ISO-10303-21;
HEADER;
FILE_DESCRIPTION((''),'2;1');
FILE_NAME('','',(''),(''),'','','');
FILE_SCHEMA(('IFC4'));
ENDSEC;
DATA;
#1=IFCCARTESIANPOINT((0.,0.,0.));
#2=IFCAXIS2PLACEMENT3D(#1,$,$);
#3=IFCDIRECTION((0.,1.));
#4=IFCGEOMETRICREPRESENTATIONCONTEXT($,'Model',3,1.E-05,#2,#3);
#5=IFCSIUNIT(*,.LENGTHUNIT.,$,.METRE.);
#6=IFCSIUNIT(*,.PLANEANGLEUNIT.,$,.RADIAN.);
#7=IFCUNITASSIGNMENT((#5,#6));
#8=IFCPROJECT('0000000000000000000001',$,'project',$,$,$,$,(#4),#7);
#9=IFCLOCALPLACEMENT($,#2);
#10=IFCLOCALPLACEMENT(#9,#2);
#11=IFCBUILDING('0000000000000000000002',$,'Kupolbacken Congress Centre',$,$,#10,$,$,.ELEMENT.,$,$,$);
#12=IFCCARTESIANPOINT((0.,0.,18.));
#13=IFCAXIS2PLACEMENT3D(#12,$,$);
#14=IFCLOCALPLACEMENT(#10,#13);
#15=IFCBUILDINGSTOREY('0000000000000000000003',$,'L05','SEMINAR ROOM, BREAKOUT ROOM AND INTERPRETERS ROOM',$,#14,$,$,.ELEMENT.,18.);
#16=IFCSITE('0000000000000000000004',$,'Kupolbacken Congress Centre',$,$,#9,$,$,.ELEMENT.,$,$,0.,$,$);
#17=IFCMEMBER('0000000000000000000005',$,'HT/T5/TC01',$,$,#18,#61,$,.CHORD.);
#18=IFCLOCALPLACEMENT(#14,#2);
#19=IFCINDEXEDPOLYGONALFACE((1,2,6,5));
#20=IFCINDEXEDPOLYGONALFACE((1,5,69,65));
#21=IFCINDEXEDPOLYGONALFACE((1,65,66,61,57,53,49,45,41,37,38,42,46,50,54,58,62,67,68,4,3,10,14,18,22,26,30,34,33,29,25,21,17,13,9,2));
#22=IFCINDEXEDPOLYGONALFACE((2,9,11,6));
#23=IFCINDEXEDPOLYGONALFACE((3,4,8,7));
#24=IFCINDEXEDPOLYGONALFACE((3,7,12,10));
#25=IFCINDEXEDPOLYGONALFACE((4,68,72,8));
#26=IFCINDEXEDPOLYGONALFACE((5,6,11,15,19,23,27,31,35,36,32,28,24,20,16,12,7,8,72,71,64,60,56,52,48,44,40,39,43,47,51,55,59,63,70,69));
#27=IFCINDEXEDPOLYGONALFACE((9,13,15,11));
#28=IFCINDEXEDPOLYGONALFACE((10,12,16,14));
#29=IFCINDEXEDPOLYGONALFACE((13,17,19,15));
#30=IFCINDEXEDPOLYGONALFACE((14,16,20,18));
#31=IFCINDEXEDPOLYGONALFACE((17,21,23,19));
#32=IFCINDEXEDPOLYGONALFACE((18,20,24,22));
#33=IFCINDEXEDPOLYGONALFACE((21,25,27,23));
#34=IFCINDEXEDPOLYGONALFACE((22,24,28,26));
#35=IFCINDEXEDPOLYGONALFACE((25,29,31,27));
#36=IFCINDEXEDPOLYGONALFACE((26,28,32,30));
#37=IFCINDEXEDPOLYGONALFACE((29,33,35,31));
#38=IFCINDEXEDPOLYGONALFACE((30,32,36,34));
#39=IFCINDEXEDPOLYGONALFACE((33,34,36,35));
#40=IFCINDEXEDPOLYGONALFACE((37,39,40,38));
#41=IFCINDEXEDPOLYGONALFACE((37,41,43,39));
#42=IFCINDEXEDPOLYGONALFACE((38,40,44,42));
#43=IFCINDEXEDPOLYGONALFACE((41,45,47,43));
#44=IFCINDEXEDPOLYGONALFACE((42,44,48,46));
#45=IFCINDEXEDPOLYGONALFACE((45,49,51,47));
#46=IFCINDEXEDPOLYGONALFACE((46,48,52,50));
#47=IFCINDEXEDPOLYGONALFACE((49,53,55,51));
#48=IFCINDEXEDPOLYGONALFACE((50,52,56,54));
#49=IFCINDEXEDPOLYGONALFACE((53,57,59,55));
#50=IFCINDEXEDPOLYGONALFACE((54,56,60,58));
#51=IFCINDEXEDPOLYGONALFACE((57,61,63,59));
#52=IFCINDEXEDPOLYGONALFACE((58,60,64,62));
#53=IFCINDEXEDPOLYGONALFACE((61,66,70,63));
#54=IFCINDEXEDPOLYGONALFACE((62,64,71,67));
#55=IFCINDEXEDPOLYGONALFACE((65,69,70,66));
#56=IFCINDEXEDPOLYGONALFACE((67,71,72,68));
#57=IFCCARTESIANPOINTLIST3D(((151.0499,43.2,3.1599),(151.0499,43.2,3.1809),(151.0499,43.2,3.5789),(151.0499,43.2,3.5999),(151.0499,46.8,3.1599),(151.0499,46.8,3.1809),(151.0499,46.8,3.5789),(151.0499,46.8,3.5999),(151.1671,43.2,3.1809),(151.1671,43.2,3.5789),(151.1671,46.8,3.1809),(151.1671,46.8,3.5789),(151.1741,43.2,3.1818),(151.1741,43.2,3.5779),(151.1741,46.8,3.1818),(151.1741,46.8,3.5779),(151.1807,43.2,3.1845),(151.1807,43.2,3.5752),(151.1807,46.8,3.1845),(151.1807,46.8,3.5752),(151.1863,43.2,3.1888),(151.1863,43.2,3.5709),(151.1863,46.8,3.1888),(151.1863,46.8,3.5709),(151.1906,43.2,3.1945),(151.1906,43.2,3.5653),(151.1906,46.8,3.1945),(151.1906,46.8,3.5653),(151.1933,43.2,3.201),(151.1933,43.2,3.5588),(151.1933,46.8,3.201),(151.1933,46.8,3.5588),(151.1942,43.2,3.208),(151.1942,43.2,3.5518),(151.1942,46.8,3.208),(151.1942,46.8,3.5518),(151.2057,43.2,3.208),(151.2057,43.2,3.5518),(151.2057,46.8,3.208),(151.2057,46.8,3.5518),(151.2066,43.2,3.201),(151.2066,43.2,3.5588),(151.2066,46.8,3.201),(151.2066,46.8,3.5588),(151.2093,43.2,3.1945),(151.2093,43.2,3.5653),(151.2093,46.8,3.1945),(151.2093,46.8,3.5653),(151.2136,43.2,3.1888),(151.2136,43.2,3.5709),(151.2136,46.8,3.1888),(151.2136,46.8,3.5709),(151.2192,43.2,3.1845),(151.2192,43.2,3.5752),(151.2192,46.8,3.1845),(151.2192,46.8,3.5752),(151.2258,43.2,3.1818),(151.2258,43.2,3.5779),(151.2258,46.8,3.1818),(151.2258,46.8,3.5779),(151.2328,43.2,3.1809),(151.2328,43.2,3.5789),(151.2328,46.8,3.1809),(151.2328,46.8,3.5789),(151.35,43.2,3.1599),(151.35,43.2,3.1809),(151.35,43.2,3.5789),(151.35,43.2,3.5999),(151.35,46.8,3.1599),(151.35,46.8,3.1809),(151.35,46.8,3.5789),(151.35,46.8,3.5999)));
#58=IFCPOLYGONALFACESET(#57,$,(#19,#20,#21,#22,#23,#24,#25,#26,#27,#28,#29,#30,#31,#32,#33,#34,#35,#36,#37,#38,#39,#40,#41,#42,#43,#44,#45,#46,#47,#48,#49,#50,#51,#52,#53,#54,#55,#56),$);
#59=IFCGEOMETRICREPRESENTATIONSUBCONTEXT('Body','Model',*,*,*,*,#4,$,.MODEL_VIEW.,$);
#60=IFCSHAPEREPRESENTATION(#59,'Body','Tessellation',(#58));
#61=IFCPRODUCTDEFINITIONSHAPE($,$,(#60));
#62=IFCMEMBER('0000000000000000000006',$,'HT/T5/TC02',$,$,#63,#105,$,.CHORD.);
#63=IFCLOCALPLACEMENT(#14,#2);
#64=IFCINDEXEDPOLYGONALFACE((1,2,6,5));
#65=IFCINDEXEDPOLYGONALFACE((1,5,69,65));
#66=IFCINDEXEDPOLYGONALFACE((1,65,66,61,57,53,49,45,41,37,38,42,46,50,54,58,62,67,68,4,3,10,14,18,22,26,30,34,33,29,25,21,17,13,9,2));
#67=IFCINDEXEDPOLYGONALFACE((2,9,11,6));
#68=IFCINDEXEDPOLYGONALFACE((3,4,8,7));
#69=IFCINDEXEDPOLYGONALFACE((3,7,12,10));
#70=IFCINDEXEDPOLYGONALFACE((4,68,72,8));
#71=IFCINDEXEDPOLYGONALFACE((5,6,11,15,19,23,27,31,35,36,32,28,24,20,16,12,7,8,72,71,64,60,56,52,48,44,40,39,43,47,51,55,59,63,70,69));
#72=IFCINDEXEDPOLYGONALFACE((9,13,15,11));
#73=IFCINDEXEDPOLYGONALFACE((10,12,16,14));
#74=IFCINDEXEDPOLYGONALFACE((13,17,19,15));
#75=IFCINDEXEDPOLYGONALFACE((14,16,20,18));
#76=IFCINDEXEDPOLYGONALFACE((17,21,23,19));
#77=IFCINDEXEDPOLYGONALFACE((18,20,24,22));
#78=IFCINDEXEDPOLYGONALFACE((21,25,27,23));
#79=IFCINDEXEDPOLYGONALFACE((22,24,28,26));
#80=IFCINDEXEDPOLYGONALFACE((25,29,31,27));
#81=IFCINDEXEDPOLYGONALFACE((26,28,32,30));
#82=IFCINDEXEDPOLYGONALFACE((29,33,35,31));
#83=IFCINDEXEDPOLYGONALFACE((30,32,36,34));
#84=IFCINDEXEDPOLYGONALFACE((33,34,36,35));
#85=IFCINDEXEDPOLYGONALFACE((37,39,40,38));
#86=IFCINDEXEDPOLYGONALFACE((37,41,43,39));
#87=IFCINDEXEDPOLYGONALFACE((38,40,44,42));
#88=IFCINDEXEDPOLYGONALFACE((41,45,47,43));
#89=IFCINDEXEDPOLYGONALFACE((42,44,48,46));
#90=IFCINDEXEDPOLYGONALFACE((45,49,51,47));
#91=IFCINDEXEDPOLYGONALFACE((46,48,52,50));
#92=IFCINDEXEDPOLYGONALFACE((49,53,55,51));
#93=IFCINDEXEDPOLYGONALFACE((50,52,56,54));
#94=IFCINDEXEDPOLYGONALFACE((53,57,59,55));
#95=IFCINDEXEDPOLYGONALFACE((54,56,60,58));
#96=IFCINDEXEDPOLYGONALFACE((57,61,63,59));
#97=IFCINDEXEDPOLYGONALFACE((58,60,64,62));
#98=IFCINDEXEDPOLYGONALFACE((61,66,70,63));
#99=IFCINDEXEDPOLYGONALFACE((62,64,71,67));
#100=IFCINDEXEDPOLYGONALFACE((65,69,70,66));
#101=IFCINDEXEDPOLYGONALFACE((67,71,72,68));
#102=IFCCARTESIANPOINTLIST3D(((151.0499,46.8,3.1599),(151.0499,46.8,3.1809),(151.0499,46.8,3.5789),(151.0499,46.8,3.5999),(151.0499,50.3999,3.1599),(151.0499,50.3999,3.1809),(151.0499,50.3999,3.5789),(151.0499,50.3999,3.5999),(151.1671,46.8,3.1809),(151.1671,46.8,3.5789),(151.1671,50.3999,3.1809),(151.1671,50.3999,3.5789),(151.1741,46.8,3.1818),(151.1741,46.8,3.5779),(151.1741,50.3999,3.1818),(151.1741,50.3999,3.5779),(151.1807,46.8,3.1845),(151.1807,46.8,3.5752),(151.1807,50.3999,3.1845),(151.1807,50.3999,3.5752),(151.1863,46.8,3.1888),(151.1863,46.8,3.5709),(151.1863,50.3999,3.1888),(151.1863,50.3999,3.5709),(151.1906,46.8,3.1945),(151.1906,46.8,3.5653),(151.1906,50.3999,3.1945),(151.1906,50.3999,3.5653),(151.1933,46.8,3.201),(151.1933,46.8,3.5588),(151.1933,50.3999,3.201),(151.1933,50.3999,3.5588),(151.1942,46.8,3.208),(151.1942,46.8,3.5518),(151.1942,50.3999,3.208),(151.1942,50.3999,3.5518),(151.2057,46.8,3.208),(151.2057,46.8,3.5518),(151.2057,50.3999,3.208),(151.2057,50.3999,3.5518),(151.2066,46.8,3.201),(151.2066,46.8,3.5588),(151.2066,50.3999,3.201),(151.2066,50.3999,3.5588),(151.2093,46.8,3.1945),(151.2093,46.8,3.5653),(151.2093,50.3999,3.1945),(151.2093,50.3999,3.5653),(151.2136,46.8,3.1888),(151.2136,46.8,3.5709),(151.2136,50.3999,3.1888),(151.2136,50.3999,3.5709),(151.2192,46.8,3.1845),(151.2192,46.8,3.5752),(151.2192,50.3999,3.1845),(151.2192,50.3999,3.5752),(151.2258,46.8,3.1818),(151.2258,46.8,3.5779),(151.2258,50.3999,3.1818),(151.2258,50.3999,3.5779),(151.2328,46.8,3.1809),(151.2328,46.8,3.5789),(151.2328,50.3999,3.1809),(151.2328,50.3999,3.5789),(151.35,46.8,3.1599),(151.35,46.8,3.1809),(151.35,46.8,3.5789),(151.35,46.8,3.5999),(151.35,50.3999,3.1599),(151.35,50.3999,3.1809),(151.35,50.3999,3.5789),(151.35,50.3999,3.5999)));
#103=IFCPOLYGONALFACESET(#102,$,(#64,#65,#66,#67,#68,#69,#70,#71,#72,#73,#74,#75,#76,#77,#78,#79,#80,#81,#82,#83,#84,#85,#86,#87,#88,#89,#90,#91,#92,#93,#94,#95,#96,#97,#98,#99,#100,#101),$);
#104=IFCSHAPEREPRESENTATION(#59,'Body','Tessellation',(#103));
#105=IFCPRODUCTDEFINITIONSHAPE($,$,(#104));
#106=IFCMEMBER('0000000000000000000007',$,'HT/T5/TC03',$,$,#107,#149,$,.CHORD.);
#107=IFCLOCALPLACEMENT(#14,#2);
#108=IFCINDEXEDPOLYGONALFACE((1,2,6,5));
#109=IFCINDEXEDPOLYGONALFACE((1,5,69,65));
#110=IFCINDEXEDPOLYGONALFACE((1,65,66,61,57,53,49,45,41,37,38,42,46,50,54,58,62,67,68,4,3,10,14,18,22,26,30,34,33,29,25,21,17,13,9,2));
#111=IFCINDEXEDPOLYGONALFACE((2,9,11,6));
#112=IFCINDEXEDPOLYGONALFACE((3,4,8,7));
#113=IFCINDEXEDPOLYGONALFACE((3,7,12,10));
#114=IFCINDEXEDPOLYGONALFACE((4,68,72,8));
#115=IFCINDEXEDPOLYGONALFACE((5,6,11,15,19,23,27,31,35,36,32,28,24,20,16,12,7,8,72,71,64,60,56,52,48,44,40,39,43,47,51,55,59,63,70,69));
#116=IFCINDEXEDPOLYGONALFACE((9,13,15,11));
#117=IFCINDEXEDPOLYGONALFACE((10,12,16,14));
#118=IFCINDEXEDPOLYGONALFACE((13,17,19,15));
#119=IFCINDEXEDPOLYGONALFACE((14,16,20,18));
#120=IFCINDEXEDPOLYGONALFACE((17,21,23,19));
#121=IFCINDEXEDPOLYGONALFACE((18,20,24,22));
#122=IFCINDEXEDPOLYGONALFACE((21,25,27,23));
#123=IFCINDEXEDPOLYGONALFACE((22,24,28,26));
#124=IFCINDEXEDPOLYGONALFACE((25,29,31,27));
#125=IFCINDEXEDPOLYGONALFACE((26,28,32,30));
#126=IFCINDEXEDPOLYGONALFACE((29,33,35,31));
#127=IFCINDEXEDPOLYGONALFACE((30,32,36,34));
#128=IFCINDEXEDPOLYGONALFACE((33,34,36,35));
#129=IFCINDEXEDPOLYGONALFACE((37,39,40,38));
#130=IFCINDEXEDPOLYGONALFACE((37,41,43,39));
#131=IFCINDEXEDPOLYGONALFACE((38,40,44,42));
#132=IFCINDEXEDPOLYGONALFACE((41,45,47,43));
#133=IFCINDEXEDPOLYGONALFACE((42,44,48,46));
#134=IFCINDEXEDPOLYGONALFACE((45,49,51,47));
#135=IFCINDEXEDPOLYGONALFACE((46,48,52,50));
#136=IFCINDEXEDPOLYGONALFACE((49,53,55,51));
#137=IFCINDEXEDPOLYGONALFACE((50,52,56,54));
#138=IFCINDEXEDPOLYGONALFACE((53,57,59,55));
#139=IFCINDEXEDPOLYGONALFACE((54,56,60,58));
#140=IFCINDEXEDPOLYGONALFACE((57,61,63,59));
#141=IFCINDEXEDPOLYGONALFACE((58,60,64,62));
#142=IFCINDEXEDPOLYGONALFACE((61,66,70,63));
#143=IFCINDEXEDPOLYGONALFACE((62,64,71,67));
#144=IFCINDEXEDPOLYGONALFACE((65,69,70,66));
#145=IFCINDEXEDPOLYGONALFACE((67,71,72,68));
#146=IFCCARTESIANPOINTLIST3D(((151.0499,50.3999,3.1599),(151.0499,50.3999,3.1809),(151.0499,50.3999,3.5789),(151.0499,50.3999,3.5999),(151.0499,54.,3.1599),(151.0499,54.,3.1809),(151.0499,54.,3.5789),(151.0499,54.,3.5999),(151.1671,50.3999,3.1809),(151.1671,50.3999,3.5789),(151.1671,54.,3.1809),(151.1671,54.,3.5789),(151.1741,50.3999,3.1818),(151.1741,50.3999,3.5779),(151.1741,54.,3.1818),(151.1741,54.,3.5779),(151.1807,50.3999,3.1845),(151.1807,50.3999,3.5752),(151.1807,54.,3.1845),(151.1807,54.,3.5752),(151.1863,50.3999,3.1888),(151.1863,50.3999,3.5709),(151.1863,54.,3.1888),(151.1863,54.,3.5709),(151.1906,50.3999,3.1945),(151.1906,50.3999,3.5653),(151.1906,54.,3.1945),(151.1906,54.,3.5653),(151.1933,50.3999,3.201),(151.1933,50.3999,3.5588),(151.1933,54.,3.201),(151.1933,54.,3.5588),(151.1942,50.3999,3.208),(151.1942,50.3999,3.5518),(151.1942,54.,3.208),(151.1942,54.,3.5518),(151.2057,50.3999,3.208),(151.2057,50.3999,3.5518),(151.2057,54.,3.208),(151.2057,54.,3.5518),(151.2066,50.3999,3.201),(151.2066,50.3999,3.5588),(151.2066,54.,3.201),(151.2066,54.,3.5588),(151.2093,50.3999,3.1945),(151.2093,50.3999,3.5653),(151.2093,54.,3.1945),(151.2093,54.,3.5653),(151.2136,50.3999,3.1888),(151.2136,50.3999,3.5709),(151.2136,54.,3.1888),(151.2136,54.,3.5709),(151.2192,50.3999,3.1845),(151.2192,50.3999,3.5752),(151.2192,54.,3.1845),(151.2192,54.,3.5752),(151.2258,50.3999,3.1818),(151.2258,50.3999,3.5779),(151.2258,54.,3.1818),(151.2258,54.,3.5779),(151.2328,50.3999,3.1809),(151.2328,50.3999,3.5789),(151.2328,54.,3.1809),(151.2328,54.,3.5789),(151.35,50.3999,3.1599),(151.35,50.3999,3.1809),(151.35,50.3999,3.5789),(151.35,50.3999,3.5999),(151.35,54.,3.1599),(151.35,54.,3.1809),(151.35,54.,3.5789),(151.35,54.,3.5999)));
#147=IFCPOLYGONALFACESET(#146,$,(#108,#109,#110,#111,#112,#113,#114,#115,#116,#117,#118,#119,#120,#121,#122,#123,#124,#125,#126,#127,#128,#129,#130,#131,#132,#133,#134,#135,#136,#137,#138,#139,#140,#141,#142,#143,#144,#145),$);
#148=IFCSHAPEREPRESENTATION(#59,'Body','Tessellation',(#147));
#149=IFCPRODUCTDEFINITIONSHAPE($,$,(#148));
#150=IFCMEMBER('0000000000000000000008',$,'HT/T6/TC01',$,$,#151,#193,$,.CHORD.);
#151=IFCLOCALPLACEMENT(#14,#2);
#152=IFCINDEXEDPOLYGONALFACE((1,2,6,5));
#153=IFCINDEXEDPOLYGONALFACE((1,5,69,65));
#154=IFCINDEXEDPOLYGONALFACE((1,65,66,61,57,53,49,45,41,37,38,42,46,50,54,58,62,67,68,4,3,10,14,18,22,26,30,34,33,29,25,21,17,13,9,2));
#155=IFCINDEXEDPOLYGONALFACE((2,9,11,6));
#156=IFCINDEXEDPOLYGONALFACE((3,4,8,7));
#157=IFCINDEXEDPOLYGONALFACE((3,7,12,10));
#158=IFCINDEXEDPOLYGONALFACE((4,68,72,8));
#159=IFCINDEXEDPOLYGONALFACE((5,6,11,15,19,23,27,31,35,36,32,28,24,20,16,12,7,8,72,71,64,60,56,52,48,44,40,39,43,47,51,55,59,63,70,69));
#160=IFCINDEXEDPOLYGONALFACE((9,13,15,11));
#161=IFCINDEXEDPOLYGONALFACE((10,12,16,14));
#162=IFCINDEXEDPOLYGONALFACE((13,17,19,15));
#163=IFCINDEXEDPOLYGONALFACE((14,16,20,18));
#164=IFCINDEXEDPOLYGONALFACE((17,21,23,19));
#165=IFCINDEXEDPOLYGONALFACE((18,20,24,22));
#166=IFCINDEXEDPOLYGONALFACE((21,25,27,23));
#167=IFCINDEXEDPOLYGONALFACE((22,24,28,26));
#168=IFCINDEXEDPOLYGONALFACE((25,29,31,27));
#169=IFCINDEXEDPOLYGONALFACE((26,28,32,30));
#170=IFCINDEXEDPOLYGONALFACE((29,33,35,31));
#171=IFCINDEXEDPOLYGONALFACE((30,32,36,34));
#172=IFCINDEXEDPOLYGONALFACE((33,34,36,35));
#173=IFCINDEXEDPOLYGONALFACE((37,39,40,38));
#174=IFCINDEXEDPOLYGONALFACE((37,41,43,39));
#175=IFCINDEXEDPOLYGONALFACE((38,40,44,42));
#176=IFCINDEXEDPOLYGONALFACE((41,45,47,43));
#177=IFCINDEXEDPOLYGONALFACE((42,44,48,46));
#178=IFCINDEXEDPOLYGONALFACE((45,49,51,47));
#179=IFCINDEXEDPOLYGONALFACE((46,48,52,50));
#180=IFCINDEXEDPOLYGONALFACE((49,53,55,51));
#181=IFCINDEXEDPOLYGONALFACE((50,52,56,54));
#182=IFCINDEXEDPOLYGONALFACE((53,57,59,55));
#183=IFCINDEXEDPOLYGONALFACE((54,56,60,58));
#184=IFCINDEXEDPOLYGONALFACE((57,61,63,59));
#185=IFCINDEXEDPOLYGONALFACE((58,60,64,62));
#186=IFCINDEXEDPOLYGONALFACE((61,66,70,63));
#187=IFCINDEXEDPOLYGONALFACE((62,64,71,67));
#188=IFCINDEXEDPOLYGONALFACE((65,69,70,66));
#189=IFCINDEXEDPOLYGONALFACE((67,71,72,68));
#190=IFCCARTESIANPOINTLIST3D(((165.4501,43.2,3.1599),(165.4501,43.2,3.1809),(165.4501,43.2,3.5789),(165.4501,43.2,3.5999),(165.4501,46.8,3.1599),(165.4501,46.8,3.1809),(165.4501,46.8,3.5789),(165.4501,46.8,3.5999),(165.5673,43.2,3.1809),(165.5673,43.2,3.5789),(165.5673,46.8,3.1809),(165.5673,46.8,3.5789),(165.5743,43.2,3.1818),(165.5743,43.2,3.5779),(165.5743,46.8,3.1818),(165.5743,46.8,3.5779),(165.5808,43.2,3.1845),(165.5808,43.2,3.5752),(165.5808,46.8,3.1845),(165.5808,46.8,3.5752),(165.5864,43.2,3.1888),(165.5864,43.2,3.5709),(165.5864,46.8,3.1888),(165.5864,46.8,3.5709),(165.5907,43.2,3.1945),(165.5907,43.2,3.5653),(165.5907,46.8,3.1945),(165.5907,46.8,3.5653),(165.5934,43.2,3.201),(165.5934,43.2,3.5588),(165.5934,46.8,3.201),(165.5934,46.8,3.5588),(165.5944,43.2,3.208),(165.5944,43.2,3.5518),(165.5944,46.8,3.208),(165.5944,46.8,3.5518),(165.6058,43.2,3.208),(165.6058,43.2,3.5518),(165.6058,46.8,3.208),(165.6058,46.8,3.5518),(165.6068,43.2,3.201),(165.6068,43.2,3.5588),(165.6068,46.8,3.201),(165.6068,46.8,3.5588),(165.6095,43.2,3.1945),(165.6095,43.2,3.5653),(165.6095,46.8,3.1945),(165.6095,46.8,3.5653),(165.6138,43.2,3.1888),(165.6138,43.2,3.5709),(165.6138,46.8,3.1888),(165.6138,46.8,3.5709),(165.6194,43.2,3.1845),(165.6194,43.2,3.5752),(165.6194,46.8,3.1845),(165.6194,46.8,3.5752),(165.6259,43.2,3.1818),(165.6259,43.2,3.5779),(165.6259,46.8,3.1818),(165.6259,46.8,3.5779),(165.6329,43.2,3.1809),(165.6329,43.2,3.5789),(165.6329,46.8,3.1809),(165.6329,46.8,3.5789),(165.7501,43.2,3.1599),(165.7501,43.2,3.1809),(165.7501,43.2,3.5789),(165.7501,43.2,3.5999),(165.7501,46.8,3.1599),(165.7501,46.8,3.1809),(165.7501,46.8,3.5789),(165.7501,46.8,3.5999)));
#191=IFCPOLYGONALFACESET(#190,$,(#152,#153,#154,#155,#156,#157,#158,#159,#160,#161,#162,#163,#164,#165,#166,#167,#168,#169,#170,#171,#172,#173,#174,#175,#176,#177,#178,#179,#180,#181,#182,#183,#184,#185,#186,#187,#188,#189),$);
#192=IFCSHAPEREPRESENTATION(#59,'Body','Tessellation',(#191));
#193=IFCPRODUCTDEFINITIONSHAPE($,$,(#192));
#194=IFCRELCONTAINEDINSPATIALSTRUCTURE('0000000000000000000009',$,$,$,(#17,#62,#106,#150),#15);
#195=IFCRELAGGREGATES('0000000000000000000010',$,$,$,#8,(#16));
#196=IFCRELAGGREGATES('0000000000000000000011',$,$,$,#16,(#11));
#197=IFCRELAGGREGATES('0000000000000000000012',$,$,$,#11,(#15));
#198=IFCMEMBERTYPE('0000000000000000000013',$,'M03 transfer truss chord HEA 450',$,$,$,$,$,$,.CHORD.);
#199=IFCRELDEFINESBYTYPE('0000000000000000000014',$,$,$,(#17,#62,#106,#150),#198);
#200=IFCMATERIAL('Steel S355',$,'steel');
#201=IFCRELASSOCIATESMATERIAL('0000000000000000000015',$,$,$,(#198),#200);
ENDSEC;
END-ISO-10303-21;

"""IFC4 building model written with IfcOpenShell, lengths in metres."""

from ifc_helpers import new_model, si_unit, direction, frame, origin, origin_2d, place, context, subcontext, project, spatial, i_section, extrude, material, material_profile, profile_set, type_object, element, save


model = new_model("IFC4")

# Units and contexts
model_context = context("Model", 3, precision=1e-05, world=origin(), true_north=direction((0.0, 1.0)))
body_context = subcontext(model_context, "Body", "Model", "MODEL_VIEW")
ifc_project = project(units=[si_unit("LENGTHUNIT", "METRE"), si_unit("PLANEANGLEUNIT", "RADIAN")], contexts=[model_context])

# Site, building, storey
site_placement = place(None, origin())
site = spatial("IfcSite", under=ifc_project, at=site_placement, Name="Kupolbacken Congress Centre", CompositionType="ELEMENT", RefElevation=0.0)
building_placement = place(site_placement, origin())
building = spatial("IfcBuilding", under=site, at=building_placement, Name="Kupolbacken Congress Centre", CompositionType="ELEMENT")
storey_placement = place(building_placement, frame((0.0, 0.0, 18.0)))
storey = spatial("IfcBuildingStorey", under=building, at=storey_placement, Name="L05", Description="SEMINAR ROOM, BREAKOUT ROOM AND INTERPRETERS ROOM", CompositionType="ELEMENT", Elevation=18.0)

# Members
ifc_material_1 = material(Name="Steel S355", Category="steel")
ifc_material_profile_1 = material_profile(ifc_material_1, i_section(OverallWidth=0.3, OverallDepth=0.4399, WebThickness=0.0115, FlangeThickness=0.021, FilletRadius=0.0271, at=origin_2d()), Name="HEA 450")
ifc_profile_set_1 = profile_set([ifc_material_profile_1], Name="Steel S355")
member_type_1 = type_object("IfcMemberType", Name="M03 transfer truss chord HEA 450", PredefinedType="CHORD", material=ifc_profile_set_1)
member_1_placement = place(storey_placement, frame((151.2, 43.2, 3.3799), z_axis=(0.0, 1.0, 0.0), x_axis=(-1.0, 0.0, 0.0)))
element("IfcMember", 1, at=member_1_placement, inside=storey, type_object=member_type_1, Name="HT/T5/TC01", PredefinedType="CHORD", context=body_context, shape_type="SweptSolid", body=[
    extrude(i_section(OverallWidth=0.3, OverallDepth=0.4399, WebThickness=0.0115, FlangeThickness=0.021, FilletRadius=0.0271, at=origin_2d()), origin(), (0.0, 0.0, 1.0), 3.6001),
])
member_2_placement = place(storey_placement, frame((151.2, 46.8, 3.3799), z_axis=(0.0, 1.0, 0.0), x_axis=(-1.0, 0.0, 0.0)))
element("IfcMember", 2, at=member_2_placement, inside=storey, type_object=member_type_1, Name="HT/T5/TC02", PredefinedType="CHORD", context=body_context, shape_type="SweptSolid", body=[
    extrude(i_section(OverallWidth=0.3, OverallDepth=0.4399, WebThickness=0.0115, FlangeThickness=0.021, FilletRadius=0.0271, at=origin_2d()), origin(), (0.0, 0.0, 1.0), 3.5999),
])
for number, where, z_axis, x_axis, name in (
    (3, (151.2, 50.3999, 3.3799), (0.0, 1.0, 0.0), (-1.0, 0.0, 0.0), "HT/T5/TC03"),
    (4, (165.6001, 43.2, 3.3799), (0.0, 1.0, 0.0), (-1.0, 0.0, 0.0), "HT/T6/TC01"),
):
    element("IfcMember", number, at=place(storey_placement, frame(where, z_axis=z_axis, x_axis=x_axis)), inside=storey, type_object=member_type_1, Name=name, PredefinedType="CHORD", context=body_context, shape_type="SweptSolid", body=[
        extrude(i_section(OverallWidth=0.3, OverallDepth=0.4399, WebThickness=0.0115, FlangeThickness=0.021, FilletRadius=0.0271, at=origin_2d()), origin(), (0.0, 0.0, 1.0), 3.6001),
    ])

save(model, "model.ifc")
